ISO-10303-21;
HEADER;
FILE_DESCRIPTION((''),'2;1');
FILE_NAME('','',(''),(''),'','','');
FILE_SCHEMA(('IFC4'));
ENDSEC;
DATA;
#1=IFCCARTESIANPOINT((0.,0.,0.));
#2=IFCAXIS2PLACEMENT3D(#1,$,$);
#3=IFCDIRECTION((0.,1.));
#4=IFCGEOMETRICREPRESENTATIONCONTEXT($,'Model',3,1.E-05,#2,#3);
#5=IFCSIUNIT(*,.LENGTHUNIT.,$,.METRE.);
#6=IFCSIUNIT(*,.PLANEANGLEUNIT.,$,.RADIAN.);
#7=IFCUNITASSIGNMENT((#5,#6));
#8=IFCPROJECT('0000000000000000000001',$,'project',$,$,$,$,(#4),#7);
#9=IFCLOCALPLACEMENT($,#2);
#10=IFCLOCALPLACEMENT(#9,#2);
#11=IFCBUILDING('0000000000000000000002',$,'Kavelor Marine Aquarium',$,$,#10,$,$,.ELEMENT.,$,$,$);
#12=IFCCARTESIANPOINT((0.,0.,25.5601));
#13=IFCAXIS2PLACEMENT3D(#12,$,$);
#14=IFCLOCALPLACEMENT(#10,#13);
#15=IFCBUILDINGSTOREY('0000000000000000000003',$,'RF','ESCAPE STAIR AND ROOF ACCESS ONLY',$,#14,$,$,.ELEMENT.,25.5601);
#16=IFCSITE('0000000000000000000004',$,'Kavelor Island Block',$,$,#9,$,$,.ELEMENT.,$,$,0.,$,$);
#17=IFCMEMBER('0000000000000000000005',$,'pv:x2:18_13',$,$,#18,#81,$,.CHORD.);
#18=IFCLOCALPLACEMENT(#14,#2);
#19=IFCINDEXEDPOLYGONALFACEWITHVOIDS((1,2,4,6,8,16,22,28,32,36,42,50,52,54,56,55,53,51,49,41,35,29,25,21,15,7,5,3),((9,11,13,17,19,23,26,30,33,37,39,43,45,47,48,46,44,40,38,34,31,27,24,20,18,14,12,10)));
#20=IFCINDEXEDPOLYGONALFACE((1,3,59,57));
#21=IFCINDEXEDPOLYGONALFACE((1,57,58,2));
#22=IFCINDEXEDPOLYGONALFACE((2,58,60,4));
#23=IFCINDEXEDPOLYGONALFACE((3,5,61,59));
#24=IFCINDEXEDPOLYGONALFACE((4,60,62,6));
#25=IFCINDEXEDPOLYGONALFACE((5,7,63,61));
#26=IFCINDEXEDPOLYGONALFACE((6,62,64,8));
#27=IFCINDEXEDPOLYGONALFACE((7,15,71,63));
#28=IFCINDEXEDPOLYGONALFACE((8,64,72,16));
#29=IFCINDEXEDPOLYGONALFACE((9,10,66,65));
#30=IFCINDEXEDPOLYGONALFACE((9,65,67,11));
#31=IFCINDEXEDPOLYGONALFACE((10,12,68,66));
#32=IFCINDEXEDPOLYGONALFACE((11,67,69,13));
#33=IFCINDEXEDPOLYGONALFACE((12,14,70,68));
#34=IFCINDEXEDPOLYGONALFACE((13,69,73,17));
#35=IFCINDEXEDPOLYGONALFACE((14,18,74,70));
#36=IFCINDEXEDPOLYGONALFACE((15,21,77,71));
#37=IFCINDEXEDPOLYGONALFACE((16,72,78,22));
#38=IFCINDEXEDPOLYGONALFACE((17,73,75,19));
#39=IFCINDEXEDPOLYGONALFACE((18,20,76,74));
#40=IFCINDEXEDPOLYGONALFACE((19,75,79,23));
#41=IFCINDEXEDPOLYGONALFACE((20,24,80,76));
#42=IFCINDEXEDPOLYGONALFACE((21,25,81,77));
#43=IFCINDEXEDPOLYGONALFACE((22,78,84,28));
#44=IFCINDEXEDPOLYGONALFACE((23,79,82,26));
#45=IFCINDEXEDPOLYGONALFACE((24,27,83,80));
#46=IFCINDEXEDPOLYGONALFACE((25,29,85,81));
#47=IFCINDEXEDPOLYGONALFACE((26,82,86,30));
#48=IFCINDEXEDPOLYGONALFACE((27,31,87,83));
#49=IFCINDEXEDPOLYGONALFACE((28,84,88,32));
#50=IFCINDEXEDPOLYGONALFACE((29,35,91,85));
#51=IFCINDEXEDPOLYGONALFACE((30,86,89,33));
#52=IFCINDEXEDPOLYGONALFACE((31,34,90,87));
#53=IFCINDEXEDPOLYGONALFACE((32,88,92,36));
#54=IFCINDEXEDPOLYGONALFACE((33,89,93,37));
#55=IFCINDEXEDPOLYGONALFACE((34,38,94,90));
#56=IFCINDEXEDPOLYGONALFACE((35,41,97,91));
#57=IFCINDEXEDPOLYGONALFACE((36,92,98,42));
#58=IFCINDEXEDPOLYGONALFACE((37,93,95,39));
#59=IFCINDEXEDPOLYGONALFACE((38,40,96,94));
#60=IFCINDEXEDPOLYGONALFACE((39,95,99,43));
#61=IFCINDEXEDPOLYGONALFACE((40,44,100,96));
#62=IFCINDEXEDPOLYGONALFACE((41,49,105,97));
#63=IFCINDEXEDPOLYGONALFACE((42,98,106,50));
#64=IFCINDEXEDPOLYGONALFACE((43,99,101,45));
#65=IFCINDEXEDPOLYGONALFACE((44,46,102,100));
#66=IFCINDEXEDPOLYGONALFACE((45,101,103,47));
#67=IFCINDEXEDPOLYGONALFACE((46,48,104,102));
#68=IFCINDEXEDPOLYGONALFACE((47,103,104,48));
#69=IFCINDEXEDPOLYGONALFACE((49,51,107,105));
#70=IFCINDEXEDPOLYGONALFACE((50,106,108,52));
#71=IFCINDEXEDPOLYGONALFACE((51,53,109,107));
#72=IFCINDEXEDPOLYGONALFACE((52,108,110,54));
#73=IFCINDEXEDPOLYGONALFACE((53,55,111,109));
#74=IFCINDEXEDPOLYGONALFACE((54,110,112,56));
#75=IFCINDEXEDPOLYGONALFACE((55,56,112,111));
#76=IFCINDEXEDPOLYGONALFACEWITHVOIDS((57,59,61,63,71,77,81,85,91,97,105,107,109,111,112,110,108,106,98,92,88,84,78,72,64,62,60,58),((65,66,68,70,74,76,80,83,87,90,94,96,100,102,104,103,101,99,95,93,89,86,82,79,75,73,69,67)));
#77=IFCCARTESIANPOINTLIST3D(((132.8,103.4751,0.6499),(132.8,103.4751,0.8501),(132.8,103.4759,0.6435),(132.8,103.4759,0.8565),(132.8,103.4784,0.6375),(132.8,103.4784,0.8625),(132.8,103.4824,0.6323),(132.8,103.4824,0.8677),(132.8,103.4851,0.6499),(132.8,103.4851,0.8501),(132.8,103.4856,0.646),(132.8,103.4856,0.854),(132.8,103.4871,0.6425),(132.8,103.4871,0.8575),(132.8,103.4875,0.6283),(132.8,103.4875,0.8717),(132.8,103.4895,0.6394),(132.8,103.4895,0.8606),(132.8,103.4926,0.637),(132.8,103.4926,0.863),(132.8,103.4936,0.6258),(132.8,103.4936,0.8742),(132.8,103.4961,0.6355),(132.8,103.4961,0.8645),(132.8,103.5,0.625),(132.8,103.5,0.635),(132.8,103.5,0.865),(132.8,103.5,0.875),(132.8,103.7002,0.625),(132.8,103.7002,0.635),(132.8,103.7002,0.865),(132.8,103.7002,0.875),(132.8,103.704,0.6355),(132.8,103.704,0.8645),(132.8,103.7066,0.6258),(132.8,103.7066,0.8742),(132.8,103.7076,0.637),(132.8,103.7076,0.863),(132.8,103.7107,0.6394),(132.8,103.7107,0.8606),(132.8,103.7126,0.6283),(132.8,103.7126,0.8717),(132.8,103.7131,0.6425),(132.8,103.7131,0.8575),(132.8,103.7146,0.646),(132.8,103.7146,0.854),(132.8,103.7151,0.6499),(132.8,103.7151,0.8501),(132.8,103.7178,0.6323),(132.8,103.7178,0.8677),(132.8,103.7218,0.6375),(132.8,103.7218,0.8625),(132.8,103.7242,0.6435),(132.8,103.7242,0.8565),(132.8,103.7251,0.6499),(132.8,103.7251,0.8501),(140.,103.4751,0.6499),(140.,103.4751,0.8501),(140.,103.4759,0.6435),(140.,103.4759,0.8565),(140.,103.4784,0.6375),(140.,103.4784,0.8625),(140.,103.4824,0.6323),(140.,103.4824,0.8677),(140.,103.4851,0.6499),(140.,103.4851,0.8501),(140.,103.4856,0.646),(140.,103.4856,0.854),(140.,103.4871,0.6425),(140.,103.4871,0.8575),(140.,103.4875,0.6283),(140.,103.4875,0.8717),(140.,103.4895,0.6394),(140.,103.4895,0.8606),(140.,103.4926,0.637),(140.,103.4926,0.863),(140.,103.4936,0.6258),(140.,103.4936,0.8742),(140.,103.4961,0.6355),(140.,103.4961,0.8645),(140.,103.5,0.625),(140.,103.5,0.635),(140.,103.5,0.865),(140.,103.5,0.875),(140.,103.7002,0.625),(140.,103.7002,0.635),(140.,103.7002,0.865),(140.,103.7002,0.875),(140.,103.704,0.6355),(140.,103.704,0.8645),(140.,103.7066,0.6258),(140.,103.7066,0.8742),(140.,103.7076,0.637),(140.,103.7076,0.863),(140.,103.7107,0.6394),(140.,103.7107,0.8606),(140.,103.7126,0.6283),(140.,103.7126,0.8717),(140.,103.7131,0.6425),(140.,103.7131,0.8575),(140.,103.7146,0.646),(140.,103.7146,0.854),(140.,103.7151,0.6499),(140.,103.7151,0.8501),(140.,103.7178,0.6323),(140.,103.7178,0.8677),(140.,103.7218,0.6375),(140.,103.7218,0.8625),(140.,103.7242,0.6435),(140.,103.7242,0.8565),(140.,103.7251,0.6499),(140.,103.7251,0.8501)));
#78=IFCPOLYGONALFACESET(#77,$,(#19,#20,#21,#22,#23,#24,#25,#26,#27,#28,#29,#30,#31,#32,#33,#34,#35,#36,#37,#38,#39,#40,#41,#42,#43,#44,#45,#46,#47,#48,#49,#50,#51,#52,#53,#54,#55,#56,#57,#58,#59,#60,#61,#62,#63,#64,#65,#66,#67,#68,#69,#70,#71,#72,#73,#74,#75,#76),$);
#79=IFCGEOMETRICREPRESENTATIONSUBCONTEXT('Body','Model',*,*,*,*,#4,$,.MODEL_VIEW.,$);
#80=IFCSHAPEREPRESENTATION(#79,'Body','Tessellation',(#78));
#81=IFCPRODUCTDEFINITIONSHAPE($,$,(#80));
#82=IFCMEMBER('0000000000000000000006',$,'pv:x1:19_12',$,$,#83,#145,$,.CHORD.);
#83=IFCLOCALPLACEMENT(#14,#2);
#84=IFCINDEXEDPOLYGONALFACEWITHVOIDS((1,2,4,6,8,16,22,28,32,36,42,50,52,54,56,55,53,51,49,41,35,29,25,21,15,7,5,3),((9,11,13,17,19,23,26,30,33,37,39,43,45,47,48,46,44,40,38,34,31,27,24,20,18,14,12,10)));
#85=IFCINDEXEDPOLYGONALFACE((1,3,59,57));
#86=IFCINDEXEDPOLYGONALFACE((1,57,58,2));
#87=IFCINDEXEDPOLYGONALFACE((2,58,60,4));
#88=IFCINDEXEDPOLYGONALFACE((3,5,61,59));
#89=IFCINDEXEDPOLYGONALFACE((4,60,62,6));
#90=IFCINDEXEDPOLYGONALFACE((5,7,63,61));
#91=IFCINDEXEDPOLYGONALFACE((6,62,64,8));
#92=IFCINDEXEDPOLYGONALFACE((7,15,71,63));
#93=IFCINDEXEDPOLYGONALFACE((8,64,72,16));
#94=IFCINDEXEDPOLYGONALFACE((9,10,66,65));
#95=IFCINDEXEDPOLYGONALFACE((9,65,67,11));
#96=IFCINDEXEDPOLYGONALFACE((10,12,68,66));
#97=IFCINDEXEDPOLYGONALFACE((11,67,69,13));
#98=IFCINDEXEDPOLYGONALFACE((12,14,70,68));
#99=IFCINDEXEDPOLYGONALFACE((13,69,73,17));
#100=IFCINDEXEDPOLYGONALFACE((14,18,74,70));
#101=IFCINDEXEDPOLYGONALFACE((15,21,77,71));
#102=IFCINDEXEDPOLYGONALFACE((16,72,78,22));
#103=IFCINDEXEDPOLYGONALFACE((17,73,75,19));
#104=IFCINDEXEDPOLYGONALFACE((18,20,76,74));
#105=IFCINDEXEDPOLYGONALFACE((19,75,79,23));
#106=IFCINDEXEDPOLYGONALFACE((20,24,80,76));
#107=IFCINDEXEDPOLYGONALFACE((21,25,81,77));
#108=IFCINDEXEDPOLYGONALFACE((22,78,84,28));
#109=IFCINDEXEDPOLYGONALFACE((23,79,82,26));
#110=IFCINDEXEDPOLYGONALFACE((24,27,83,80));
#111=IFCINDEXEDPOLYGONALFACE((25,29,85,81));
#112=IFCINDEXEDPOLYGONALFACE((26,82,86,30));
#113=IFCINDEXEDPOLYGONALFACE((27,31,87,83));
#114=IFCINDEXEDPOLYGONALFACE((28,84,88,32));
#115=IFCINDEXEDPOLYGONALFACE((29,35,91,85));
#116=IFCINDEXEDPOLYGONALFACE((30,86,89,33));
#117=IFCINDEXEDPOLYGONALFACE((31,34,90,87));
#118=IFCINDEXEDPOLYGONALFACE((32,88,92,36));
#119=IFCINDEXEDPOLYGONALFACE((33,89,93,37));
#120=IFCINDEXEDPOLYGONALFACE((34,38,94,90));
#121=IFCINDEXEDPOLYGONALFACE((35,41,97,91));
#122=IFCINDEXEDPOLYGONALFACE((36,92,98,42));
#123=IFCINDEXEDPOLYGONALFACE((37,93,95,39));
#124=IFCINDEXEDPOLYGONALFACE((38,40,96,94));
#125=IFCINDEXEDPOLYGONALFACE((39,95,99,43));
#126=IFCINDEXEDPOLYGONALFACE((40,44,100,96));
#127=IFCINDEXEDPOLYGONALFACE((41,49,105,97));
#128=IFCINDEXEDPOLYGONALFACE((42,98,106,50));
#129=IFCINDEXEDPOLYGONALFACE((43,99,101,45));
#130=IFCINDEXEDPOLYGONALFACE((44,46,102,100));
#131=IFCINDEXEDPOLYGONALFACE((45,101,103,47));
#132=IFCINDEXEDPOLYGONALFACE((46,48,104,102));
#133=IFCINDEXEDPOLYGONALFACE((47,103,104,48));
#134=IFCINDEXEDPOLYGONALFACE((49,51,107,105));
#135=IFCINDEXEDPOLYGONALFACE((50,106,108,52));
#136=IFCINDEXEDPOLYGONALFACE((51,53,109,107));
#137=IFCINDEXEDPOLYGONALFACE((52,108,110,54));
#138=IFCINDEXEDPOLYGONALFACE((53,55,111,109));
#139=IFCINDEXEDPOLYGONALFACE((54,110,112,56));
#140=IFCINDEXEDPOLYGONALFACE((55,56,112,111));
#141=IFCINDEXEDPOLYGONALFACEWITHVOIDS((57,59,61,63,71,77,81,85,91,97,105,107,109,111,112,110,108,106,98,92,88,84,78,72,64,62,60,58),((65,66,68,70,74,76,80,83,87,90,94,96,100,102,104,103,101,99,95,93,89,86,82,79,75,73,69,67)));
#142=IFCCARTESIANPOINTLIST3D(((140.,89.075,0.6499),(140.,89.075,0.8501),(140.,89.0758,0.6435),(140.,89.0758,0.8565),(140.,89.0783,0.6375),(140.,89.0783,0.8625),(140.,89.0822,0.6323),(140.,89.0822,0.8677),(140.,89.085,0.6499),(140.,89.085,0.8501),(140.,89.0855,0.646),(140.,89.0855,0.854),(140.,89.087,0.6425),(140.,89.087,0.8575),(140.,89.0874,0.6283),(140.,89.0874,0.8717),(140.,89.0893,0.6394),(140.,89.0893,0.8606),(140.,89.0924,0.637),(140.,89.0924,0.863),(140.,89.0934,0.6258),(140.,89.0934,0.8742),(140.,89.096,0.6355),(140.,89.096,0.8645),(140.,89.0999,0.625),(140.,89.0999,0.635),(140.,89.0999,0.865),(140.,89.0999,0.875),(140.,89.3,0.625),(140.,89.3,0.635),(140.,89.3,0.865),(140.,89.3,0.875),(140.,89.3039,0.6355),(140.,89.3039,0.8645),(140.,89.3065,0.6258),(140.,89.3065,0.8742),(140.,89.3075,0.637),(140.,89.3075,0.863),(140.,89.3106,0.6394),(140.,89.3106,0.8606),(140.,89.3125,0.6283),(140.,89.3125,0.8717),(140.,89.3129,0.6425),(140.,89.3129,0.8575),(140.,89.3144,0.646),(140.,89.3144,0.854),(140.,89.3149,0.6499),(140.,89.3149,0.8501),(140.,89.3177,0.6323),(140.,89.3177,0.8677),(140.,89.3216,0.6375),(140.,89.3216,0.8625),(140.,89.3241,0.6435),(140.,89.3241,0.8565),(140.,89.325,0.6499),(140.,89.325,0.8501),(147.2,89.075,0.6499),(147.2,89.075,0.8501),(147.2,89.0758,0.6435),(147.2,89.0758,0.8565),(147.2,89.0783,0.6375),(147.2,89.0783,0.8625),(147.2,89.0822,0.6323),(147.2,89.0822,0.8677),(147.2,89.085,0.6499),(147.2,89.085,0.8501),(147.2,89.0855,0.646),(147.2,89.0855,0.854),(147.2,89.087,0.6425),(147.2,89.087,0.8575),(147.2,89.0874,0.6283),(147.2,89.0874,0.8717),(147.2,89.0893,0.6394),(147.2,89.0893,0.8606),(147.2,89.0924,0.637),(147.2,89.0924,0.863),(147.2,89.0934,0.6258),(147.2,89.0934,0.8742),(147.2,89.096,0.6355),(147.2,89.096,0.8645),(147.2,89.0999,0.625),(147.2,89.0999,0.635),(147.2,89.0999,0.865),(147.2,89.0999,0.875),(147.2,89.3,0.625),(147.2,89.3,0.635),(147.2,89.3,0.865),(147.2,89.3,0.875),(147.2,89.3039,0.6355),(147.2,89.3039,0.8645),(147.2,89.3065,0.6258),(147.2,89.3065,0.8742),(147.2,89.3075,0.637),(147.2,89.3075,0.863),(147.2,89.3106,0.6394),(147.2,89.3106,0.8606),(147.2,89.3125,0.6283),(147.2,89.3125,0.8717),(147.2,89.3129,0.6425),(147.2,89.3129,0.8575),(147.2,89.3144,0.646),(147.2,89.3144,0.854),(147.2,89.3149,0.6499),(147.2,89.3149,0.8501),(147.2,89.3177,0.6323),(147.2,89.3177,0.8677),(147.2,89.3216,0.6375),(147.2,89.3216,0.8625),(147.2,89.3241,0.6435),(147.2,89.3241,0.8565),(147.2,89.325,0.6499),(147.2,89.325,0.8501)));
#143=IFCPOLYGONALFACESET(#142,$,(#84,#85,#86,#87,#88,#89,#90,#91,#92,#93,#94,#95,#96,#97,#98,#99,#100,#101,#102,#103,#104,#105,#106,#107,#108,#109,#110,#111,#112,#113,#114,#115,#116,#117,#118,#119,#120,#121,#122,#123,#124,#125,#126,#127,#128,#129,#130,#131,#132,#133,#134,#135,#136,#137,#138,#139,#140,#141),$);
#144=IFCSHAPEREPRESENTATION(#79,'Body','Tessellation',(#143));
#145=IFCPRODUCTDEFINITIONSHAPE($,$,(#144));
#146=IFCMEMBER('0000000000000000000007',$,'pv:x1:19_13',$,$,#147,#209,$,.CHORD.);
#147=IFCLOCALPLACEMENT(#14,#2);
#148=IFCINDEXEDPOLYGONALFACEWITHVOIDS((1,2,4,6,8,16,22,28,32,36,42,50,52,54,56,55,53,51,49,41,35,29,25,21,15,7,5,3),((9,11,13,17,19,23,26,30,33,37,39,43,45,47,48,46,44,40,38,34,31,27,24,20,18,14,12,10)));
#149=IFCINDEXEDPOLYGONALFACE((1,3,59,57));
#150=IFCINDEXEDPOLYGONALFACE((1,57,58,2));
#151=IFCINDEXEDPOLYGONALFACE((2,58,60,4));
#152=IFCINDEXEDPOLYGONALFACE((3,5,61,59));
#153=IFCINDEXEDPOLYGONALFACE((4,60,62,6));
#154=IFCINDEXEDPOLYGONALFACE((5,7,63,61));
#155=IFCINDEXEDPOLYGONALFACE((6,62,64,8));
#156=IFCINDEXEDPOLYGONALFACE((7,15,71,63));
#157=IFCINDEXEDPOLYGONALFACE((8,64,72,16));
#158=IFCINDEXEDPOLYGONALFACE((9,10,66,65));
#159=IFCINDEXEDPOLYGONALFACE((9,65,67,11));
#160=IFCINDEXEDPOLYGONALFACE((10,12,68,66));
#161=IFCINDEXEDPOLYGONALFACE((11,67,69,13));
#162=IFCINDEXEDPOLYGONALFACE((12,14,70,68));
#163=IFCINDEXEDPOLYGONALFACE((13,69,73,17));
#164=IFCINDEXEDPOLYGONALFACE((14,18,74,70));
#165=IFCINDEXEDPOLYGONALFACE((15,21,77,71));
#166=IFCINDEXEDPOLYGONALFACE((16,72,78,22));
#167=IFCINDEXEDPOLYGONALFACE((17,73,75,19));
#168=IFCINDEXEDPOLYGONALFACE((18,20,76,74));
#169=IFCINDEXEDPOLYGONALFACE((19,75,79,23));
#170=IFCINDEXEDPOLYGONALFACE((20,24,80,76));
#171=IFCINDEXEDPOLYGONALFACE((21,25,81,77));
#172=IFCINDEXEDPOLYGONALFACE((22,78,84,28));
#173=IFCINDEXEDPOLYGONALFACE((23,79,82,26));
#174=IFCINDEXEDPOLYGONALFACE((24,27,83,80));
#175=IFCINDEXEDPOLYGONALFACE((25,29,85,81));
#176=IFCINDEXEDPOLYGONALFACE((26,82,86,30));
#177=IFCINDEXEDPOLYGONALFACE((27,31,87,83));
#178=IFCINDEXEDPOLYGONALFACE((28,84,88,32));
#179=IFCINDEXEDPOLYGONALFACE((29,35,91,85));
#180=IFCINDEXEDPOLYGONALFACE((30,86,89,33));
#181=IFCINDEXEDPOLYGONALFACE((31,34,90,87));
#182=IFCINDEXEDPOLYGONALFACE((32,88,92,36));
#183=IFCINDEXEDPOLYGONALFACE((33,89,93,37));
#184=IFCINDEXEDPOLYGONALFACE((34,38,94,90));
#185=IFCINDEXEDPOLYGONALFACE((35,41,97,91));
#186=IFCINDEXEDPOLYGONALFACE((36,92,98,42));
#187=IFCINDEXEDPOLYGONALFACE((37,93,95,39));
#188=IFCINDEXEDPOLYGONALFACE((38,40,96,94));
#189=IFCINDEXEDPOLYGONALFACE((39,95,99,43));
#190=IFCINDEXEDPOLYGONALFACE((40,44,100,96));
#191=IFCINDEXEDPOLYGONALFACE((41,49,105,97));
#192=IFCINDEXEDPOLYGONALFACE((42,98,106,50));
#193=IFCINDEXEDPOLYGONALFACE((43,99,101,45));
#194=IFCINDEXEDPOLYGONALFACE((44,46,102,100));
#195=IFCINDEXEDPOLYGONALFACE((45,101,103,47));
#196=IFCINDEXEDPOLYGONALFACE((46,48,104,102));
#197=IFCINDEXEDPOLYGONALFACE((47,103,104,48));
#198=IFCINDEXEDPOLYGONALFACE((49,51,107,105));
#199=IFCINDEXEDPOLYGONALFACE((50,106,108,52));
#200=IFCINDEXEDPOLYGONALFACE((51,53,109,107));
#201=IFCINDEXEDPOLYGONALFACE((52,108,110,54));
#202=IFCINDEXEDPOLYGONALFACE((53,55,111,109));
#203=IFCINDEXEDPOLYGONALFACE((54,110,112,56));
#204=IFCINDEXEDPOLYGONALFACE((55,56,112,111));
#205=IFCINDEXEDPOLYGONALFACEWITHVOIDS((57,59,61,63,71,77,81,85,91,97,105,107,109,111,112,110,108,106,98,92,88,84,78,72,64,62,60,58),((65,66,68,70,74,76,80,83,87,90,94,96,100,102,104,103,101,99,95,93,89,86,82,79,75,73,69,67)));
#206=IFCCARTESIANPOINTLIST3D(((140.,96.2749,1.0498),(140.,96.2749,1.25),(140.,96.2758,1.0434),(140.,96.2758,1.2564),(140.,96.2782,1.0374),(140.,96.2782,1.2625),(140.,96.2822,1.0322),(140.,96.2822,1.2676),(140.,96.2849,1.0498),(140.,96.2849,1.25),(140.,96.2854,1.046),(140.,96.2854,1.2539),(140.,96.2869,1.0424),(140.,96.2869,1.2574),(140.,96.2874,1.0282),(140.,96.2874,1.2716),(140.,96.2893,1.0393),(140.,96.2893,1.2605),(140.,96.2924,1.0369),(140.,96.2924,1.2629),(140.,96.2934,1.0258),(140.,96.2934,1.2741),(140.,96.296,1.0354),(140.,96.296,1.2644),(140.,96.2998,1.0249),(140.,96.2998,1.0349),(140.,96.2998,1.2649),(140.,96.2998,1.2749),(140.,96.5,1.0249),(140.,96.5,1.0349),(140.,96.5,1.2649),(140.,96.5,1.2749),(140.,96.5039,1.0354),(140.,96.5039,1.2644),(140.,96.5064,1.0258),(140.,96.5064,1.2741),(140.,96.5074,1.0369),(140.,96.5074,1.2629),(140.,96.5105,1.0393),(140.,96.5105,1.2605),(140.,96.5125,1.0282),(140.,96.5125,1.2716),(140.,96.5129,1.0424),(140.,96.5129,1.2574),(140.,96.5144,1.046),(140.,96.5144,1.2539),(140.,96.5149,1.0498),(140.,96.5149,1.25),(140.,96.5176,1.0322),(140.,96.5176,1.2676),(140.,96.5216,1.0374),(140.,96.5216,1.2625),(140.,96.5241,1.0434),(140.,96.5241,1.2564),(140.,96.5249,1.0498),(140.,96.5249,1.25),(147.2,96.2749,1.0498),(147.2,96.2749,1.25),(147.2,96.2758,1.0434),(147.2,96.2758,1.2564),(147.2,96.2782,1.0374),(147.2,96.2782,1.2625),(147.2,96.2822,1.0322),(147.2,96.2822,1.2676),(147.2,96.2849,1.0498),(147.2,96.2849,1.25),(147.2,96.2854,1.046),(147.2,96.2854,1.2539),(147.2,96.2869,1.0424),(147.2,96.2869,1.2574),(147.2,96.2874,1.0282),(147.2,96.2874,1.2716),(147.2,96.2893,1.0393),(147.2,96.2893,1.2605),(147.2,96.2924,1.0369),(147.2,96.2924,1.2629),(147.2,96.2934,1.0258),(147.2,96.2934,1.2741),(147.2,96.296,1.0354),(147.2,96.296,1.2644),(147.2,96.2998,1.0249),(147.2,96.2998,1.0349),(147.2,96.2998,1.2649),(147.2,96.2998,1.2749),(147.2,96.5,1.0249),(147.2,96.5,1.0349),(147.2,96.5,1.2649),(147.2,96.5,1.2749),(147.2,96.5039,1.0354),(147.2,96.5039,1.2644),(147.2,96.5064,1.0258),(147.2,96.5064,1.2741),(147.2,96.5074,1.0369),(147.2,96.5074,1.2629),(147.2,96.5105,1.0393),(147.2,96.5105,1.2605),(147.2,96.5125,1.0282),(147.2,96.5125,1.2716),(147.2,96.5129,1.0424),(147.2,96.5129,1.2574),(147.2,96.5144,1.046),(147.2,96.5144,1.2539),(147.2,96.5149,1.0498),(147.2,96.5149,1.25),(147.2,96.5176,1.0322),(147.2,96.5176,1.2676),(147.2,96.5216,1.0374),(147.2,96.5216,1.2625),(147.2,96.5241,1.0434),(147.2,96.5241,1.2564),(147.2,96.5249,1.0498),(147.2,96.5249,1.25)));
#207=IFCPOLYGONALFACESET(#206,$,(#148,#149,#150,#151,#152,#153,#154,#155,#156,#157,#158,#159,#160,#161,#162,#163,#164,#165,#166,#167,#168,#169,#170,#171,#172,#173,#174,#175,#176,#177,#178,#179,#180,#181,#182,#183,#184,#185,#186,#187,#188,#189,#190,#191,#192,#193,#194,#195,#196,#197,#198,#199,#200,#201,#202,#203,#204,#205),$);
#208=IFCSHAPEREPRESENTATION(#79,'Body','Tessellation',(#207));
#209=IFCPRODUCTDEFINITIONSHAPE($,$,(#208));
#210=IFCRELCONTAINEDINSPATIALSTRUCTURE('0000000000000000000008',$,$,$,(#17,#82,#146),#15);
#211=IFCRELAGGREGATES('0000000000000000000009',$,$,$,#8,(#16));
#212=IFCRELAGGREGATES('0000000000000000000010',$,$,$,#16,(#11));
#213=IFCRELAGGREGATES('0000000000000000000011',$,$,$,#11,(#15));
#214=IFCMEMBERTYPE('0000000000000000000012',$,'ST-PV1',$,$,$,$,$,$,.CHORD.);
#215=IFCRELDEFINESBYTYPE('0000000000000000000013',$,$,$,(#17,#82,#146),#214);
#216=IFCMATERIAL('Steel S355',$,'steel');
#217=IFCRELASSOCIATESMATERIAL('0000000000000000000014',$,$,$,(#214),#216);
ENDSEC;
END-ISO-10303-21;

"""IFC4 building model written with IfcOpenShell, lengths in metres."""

from ifc_helpers import new_model, si_unit, direction, frame, origin, origin_2d, place, context, subcontext, project, spatial, hollow_rectangle, extrude, material, material_profile, profile_set, type_object, element, save


model = new_model("IFC4")

# Units and contexts
model_context = context("Model", 3, precision=1e-05, world=origin(), true_north=direction((0.0, 1.0)))
body_context = subcontext(model_context, "Body", "Model", "MODEL_VIEW")
ifc_project = project(units=[si_unit("LENGTHUNIT", "METRE"), si_unit("PLANEANGLEUNIT", "RADIAN")], contexts=[model_context])

# Site, building, storey
site_placement = place(None, origin())
site = spatial("IfcSite", under=ifc_project, at=site_placement, Name="Kavelor Island Block", CompositionType="ELEMENT", RefElevation=0.0)
building_placement = place(site_placement, origin())
building = spatial("IfcBuilding", under=site, at=building_placement, Name="Kavelor Marine Aquarium", CompositionType="ELEMENT")
storey_placement = place(building_placement, frame((0.0, 0.0, 25.5601)))
storey = spatial("IfcBuildingStorey", under=building, at=storey_placement, Name="RF", Description="ESCAPE STAIR AND ROOF ACCESS ONLY", CompositionType="ELEMENT", Elevation=25.5601)

# Members
ifc_material_1 = material(Name="Steel S355", Category="steel")
ifc_material_profile_1 = material_profile(ifc_material_1, hollow_rectangle(XDim=0.25, YDim=0.25, WallThickness=0.01, InnerFilletRadius=0.0149, OuterFilletRadius=0.0249, at=origin_2d()), Name="SHS 250x250x10.0")
ifc_profile_set_1 = profile_set([ifc_material_profile_1], Name="Steel S355")
member_type_1 = type_object("IfcMemberType", Name="ST-PV1", PredefinedType="CHORD", material=ifc_profile_set_1)
for number, where, z_axis, x_axis, name in (
    (1, (132.8, 103.6001, 0.75), (1.0, 0.0, 0.0), (0.0, 1.0, 0.0), "pv:x2:18_13"),
    (2, (140.0, 89.2, 0.75), (1.0, 0.0, 0.0), (0.0, 1.0, 0.0), "pv:x1:19_12"),
    (3, (140.0, 96.3999, 1.1499), (1.0, 0.0, 0.0), (0.0, 1.0, 0.0), "pv:x1:19_13"),
):
    element("IfcMember", number, at=place(storey_placement, frame(where, z_axis=z_axis, x_axis=x_axis)), inside=storey, type_object=member_type_1, Name=name, PredefinedType="CHORD", context=body_context, shape_type="SweptSolid", body=[
        extrude(hollow_rectangle(XDim=0.25, YDim=0.25, WallThickness=0.01, InnerFilletRadius=0.0149, OuterFilletRadius=0.0249, at=origin_2d()), origin(), (0.0, 0.0, 1.0), 7.2),
    ])

save(model, "model.ifc")
